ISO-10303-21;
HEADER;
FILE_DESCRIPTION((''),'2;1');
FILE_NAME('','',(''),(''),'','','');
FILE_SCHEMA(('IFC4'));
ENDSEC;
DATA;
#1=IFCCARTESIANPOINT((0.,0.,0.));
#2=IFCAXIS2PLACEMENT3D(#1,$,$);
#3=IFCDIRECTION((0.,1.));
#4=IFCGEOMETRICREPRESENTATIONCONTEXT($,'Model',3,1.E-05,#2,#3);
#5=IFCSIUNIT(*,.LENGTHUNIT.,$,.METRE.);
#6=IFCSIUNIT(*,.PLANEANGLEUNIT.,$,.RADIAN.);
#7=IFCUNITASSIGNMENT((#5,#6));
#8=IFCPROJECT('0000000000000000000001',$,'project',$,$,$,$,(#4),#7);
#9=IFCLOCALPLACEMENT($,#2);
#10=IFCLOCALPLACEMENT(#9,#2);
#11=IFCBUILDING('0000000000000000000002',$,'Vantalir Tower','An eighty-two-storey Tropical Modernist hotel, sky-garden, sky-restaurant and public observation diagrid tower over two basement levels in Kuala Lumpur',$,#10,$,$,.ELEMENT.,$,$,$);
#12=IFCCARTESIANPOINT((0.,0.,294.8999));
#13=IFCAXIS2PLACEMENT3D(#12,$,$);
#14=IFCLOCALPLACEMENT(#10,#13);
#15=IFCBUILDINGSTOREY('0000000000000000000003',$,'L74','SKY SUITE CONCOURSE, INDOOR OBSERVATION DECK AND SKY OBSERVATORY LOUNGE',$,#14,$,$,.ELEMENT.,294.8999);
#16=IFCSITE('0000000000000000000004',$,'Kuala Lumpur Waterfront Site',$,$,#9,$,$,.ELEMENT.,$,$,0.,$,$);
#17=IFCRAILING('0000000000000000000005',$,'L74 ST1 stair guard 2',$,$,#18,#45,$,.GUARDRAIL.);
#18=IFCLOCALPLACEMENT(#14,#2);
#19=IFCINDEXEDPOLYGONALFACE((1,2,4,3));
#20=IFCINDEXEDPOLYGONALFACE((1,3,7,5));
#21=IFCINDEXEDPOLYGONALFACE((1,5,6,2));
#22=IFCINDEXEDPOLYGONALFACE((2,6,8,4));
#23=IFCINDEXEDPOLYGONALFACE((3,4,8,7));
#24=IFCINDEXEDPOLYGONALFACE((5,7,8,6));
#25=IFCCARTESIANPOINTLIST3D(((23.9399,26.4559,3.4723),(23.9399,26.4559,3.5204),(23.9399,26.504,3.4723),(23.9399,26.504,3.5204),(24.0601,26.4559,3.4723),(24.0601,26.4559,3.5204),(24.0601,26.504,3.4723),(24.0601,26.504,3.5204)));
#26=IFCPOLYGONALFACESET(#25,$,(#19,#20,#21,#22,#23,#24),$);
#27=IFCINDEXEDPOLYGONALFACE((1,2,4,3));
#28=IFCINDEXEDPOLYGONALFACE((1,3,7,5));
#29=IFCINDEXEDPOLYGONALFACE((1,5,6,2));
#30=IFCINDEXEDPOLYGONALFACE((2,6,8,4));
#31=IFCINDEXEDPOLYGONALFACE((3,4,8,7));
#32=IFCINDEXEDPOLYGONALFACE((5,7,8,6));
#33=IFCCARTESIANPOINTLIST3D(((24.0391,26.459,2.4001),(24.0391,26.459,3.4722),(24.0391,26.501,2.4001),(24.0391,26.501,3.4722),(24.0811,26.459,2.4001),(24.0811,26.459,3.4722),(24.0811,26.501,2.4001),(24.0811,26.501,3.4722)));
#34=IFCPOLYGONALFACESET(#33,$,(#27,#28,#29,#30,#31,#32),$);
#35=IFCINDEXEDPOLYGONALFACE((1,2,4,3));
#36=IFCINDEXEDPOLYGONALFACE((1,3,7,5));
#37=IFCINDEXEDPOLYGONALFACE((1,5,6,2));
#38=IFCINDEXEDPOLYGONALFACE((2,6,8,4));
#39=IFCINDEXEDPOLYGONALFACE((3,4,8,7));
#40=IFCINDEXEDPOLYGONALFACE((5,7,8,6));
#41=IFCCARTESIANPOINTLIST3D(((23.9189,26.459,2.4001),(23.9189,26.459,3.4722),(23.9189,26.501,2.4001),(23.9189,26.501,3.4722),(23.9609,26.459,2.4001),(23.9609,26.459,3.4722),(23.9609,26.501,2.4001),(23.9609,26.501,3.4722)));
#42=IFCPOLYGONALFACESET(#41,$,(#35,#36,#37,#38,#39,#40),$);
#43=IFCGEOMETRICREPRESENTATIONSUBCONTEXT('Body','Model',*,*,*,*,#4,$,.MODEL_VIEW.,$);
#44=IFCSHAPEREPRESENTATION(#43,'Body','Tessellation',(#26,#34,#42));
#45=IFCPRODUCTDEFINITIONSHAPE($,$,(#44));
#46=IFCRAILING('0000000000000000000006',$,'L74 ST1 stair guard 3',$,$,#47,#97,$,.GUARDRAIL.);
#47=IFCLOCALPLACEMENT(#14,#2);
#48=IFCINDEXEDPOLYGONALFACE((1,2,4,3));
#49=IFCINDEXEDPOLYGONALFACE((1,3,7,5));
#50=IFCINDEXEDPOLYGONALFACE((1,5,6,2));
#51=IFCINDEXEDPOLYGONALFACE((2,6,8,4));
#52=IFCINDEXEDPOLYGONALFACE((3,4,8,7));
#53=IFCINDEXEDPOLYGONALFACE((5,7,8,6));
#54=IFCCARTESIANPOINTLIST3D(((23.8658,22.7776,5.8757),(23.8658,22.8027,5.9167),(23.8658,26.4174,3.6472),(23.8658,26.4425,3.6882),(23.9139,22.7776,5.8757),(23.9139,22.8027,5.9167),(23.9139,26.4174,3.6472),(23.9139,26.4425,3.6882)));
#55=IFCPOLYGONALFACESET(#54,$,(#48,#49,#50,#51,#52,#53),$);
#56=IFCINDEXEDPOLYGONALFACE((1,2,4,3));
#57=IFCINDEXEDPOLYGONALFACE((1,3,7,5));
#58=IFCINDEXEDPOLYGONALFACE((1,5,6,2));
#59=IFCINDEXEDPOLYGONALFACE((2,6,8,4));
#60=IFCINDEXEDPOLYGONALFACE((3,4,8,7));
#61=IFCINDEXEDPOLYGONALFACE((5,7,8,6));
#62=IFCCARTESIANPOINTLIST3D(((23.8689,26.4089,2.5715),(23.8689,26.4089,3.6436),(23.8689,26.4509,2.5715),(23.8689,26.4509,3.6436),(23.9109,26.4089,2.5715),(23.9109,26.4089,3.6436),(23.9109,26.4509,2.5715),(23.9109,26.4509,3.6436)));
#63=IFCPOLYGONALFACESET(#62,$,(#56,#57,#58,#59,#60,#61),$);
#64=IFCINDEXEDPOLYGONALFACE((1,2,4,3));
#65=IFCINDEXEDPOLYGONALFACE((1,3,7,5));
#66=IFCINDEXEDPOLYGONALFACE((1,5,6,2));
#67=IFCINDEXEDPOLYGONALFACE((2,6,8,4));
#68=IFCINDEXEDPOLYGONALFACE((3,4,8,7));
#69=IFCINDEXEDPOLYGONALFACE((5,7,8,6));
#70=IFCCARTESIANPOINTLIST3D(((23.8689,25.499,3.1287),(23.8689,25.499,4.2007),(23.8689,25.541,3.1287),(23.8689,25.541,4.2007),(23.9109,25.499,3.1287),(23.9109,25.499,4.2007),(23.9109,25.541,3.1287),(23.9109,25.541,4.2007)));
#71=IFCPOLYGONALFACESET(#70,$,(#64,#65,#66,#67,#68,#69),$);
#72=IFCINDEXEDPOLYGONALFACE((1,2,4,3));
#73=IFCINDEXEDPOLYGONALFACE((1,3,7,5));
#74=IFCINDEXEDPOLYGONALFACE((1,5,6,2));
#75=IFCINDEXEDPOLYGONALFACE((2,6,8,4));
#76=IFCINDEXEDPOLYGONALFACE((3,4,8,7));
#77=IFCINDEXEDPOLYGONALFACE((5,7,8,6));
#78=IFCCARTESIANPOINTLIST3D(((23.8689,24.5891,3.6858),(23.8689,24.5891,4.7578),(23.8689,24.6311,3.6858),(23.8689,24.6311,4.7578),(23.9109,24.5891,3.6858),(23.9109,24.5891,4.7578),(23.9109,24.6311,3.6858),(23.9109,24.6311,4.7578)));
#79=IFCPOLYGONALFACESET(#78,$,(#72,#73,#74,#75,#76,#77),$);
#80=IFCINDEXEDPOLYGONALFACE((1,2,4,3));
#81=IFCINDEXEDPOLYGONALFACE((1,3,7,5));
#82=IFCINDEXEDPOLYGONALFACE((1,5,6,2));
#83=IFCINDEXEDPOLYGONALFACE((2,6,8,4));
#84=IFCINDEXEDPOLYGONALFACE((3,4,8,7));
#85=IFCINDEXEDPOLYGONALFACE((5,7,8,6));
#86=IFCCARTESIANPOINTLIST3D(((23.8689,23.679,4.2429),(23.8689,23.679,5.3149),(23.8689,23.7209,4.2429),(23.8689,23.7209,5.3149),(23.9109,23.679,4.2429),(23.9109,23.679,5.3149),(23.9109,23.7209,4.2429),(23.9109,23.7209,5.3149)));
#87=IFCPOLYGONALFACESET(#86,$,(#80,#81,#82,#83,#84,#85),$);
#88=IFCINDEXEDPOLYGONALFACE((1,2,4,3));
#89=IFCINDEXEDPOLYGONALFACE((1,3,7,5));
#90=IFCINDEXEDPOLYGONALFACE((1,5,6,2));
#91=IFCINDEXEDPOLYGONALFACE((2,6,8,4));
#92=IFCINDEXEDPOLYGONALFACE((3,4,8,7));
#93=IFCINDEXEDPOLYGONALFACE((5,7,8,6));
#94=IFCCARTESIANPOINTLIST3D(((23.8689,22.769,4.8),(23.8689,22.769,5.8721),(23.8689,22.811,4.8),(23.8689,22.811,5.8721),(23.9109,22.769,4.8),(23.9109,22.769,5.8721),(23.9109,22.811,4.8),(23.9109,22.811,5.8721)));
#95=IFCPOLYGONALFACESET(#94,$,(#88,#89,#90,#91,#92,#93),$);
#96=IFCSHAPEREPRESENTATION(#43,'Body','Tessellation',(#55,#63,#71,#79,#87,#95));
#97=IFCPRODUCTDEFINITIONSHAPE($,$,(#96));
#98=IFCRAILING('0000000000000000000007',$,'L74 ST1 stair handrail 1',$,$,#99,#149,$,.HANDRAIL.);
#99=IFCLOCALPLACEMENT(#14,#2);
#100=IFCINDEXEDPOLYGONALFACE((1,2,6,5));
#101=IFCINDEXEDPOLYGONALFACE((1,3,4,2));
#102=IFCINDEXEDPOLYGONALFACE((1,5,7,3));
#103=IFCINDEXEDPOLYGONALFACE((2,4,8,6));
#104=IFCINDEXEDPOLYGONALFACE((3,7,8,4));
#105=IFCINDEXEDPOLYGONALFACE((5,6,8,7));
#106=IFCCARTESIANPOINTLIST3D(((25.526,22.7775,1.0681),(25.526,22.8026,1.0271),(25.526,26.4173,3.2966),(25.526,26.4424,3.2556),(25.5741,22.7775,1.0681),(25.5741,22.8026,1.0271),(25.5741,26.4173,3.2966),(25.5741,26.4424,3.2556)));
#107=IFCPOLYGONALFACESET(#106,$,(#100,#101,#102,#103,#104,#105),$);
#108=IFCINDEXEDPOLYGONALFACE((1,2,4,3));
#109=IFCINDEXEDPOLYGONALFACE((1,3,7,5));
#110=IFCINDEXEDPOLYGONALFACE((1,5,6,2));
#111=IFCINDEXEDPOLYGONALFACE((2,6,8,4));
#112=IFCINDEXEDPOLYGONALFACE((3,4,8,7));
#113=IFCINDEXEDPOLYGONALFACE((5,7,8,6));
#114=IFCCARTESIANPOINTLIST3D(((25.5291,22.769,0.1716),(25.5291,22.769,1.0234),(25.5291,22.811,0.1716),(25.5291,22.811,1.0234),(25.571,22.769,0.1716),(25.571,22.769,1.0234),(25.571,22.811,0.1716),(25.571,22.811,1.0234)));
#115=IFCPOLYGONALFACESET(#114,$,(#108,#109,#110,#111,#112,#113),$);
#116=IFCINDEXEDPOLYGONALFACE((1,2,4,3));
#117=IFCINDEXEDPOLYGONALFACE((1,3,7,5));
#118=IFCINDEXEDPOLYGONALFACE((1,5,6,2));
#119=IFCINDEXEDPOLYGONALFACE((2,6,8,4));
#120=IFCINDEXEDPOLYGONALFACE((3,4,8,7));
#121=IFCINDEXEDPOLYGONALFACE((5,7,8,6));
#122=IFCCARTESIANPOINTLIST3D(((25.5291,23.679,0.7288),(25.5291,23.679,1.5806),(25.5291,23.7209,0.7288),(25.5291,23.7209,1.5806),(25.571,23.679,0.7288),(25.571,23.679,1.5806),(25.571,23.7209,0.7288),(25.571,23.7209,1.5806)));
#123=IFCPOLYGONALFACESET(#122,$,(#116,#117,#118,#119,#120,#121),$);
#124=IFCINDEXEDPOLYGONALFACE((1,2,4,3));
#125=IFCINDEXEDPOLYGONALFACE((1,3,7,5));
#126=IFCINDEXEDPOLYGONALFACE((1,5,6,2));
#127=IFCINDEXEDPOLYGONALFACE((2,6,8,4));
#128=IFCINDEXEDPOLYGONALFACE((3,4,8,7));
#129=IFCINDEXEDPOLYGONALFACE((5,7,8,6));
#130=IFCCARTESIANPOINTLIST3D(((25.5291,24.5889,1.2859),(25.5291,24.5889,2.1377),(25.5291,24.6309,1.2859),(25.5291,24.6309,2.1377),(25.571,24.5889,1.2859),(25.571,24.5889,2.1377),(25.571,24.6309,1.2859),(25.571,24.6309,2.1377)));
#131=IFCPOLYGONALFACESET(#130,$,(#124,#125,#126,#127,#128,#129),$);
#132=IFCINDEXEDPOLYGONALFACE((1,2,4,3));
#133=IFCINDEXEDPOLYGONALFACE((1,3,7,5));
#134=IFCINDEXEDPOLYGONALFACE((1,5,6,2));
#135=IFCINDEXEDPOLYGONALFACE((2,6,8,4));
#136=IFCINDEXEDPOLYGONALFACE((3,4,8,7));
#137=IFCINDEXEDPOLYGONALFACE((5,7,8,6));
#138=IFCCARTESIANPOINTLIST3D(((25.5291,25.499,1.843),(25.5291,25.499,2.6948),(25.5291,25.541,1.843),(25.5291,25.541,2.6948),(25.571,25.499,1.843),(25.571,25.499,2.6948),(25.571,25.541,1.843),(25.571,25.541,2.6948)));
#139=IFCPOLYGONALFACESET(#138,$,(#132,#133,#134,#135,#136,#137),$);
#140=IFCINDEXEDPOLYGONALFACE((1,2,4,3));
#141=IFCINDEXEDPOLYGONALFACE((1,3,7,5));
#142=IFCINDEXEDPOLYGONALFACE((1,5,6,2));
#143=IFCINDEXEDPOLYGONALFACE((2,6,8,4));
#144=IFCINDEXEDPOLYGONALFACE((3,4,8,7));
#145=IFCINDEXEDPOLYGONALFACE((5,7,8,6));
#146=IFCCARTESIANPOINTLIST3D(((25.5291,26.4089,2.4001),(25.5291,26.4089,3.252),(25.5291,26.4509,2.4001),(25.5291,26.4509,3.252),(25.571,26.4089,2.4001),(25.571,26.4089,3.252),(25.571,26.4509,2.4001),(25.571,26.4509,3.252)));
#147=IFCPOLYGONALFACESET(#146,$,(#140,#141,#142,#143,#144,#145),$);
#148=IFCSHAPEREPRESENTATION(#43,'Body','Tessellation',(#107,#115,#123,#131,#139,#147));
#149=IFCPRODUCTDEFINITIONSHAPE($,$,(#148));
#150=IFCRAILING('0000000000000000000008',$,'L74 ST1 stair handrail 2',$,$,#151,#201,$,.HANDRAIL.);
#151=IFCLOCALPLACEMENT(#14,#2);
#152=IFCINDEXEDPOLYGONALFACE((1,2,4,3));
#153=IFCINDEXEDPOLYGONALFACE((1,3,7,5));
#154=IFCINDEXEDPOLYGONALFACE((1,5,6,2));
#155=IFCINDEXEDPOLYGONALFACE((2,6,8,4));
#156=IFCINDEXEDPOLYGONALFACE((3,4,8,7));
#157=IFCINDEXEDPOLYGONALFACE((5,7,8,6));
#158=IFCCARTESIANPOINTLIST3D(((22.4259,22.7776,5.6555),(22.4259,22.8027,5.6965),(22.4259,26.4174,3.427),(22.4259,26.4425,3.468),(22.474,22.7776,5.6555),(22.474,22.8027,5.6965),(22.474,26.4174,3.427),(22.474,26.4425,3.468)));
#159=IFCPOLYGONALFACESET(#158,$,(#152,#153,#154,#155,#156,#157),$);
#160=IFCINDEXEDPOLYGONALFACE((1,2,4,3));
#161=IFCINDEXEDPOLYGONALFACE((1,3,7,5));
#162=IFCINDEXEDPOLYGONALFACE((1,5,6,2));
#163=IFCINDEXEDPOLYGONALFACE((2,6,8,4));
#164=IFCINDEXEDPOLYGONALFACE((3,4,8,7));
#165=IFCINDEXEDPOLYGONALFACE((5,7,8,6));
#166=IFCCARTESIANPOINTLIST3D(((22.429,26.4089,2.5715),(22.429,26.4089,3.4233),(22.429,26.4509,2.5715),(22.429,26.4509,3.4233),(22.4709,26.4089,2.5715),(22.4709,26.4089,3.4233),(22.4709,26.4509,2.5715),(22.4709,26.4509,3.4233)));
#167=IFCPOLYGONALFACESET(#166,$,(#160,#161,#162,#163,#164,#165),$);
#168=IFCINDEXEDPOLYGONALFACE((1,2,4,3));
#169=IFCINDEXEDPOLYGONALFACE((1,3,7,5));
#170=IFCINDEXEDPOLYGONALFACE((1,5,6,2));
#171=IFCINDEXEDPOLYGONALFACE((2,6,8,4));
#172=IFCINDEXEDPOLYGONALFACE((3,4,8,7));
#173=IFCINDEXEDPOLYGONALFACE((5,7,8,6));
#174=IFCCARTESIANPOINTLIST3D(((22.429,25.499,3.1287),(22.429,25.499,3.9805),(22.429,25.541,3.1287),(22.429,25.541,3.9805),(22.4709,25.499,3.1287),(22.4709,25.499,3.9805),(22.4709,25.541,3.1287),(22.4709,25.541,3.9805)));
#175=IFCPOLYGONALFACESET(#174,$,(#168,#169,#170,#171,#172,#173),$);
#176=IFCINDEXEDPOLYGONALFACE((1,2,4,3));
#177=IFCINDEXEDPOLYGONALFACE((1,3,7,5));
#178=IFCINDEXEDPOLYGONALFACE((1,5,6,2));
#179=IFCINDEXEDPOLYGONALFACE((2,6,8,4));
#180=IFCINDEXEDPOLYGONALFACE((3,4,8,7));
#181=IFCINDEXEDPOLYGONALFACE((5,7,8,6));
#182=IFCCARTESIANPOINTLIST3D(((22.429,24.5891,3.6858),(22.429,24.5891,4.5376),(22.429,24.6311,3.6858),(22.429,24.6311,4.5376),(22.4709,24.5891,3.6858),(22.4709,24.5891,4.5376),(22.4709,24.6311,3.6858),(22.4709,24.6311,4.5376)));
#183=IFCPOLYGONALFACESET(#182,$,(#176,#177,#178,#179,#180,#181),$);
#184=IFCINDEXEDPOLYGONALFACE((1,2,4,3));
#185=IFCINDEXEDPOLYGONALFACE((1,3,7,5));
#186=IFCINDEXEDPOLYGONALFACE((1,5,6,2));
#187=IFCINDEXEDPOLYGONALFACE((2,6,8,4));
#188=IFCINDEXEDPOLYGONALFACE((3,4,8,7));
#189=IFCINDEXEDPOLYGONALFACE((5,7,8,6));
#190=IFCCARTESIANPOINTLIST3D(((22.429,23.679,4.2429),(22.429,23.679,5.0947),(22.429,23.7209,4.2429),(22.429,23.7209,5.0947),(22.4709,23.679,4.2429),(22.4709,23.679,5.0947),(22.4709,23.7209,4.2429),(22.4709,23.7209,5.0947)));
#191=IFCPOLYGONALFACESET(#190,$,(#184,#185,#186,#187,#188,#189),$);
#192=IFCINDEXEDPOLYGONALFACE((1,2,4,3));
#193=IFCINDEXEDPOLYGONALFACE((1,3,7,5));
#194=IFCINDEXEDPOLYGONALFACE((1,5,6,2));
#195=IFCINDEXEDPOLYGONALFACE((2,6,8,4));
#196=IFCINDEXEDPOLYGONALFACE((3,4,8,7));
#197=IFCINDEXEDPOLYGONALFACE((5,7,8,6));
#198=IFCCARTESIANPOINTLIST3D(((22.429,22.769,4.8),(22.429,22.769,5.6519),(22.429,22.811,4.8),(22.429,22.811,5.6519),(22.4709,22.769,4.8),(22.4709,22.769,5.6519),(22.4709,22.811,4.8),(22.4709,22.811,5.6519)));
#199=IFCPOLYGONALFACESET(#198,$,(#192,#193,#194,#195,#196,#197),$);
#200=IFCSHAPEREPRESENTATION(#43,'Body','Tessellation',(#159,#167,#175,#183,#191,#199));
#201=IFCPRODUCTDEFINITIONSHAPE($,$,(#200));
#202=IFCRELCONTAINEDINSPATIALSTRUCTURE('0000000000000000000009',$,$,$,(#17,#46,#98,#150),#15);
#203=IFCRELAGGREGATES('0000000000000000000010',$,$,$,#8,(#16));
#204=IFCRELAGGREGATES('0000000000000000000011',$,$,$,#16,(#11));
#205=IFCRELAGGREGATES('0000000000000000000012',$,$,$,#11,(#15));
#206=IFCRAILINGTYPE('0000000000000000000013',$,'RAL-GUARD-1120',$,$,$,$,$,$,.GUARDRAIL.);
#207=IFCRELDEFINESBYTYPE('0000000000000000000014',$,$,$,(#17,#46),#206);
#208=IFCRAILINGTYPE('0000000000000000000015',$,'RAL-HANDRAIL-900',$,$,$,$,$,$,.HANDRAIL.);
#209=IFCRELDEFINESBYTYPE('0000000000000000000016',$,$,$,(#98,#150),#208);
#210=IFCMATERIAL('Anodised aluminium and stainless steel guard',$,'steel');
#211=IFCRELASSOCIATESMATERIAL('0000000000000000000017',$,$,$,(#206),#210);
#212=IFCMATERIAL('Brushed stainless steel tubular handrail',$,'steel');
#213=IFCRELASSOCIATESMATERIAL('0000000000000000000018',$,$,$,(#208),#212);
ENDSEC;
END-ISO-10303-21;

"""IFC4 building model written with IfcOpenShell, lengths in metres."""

from ifc_helpers import new_model, si_unit, direction, frame, origin, origin_2d, place, context, subcontext, project, spatial, rectangle, extrude, material, type_object, element, save


model = new_model("IFC4")

# Units and contexts
model_context = context("Model", 3, precision=1e-05, world=origin(), true_north=direction((0.0, 1.0)))
body_context = subcontext(model_context, "Body", "Model", "MODEL_VIEW")
ifc_project = project(units=[si_unit("LENGTHUNIT", "METRE"), si_unit("PLANEANGLEUNIT", "RADIAN")], contexts=[model_context])

# Site, building, storey
site_placement = place(None, origin())
site = spatial("IfcSite", under=ifc_project, at=site_placement, Name="Kuala Lumpur Waterfront Site", CompositionType="ELEMENT", RefElevation=0.0)
building_placement = place(site_placement, origin())
building = spatial("IfcBuilding", under=site, at=building_placement, Name="Vantalir Tower", Description="An eighty-two-storey Tropical Modernist hotel, sky-garden, sky-restaurant and public observation diagrid tower over two basement levels in Kuala Lumpur", CompositionType="ELEMENT")
storey_placement = place(building_placement, frame((0.0, 0.0, 294.8999)))
storey = spatial("IfcBuildingStorey", under=building, at=storey_placement, Name="L74", Description="SKY SUITE CONCOURSE, INDOOR OBSERVATION DECK AND SKY OBSERVATORY LOUNGE", CompositionType="ELEMENT", Elevation=294.8999)

# Railings
ifc_material_1 = material(Name="Anodised aluminium and stainless steel guard", Category="steel")
railing_type_1 = type_object("IfcRailingType", Name="RAL-GUARD-1120", PredefinedType="GUARDRAIL", material=ifc_material_1)
railing_1_placement = place(storey_placement, frame((24.0601, 26.48, 2.4001)))
element("IfcRailing", 1, at=railing_1_placement, inside=storey, type_object=railing_type_1, Name="L74 ST1 stair guard 2", PredefinedType="GUARDRAIL", context=body_context, shape_type="SweptSolid", body=[
    extrude(rectangle(XDim=0.0481, YDim=0.0481, at=origin_2d()), frame((0.0, 0.0, 1.0962), z_axis=(-1.0, 0.0, 0.0), x_axis=(0.0, -1.0, 0.0)), (0.0, 0.0, 1.0), 0.1201),
    extrude(rectangle(XDim=0.042, YDim=0.042, at=origin_2d()), origin(), (0.0, 0.0, 1.0), 1.072),
    extrude(rectangle(XDim=0.042, YDim=0.042, at=origin_2d()), frame((-0.1201, 0.0, 0.0)), (0.0, 0.0, 1.0), 1.072),
])
railing_2_placement = place(storey_placement, frame((23.8899, 26.4299, 2.5715)))
element("IfcRailing", 2, at=railing_2_placement, inside=storey, type_object=railing_type_1, Name="L74 ST1 stair guard 3", PredefinedType="GUARDRAIL", context=body_context, shape_type="SweptSolid", body=[
    extrude(rectangle(XDim=0.0481, YDim=0.0481, at=origin_2d()), frame((0.0, 0.0, 1.0962), z_axis=(0.0, -0.85285, 0.522156), x_axis=(1.0, 0.0, 0.0)), (0.0, 0.0, 1.0), 4.2678),
    extrude(rectangle(XDim=0.042, YDim=0.042, at=origin_2d()), origin(), (0.0, 0.0, 1.0), 1.072),
    extrude(rectangle(XDim=0.042, YDim=0.042, at=origin_2d()), frame((0.0, -0.9099, 0.5571)), (0.0, 0.0, 1.0), 1.072),
    extrude(rectangle(XDim=0.042, YDim=0.042, at=origin_2d()), frame((0.0, -1.8198, 1.1143)), (0.0, 0.0, 1.0), 1.072),
    extrude(rectangle(XDim=0.042, YDim=0.042, at=origin_2d()), frame((0.0, -2.73, 1.6714)), (0.0, 0.0, 1.0), 1.072),
    extrude(rectangle(XDim=0.042, YDim=0.042, at=origin_2d()), frame((0.0, -3.6399, 2.2285)), (0.0, 0.0, 1.0), 1.072),
])
ifc_material_2 = material(Name="Brushed stainless steel tubular handrail", Category="steel")
railing_type_2 = type_object("IfcRailingType", Name="RAL-HANDRAIL-900", PredefinedType="HANDRAIL", material=ifc_material_2)
railing_3_placement = place(storey_placement, frame((25.55, 22.79, 0.1716)))
element("IfcRailing", 3, at=railing_3_placement, inside=storey, type_object=railing_type_2, Name="L74 ST1 stair handrail 1", PredefinedType="HANDRAIL", context=body_context, shape_type="SweptSolid", body=[
    extrude(rectangle(XDim=0.0481, YDim=0.0481, at=origin_2d()), frame((0.0, 0.0, 0.876), z_axis=(0.0, 0.85285, 0.522156), x_axis=(-1.0, 0.0, 0.0)), (0.0, 0.0, 1.0), 4.2678),
    extrude(rectangle(XDim=0.042, YDim=0.042, at=origin_2d()), origin(), (0.0, 0.0, 1.0), 0.8518),
    extrude(rectangle(XDim=0.042, YDim=0.042, at=origin_2d()), frame((0.0, 0.9099, 0.5571)), (0.0, 0.0, 1.0), 0.8518),
    extrude(rectangle(XDim=0.042, YDim=0.042, at=origin_2d()), frame((0.0, 1.8198, 1.1143)), (0.0, 0.0, 1.0), 0.8518),
    extrude(rectangle(XDim=0.042, YDim=0.042, at=origin_2d()), frame((0.0, 2.73, 1.6714)), (0.0, 0.0, 1.0), 0.8518),
    extrude(rectangle(XDim=0.042, YDim=0.042, at=origin_2d()), frame((0.0, 3.6399, 2.2285)), (0.0, 0.0, 1.0), 0.8518),
])
railing_4_placement = place(storey_placement, frame((22.45, 26.4299, 2.5715)))
element("IfcRailing", 4, at=railing_4_placement, inside=storey, type_object=railing_type_2, Name="L74 ST1 stair handrail 2", PredefinedType="HANDRAIL", context=body_context, shape_type="SweptSolid", body=[
    extrude(rectangle(XDim=0.0481, YDim=0.0481, at=origin_2d()), frame((0.0, 0.0, 0.876), z_axis=(0.0, -0.85285, 0.522156), x_axis=(1.0, 0.0, 0.0)), (0.0, 0.0, 1.0), 4.2678),
    extrude(rectangle(XDim=0.042, YDim=0.042, at=origin_2d()), origin(), (0.0, 0.0, 1.0), 0.8518),
    extrude(rectangle(XDim=0.042, YDim=0.042, at=origin_2d()), frame((0.0, -0.9099, 0.5571)), (0.0, 0.0, 1.0), 0.8518),
    extrude(rectangle(XDim=0.042, YDim=0.042, at=origin_2d()), frame((0.0, -1.8198, 1.1143)), (0.0, 0.0, 1.0), 0.8518),
    extrude(rectangle(XDim=0.042, YDim=0.042, at=origin_2d()), frame((0.0, -2.73, 1.6714)), (0.0, 0.0, 1.0), 0.8518),
    extrude(rectangle(XDim=0.042, YDim=0.042, at=origin_2d()), frame((0.0, -3.6399, 2.2285)), (0.0, 0.0, 1.0), 0.8518),
])

save(model, "model.ifc")
